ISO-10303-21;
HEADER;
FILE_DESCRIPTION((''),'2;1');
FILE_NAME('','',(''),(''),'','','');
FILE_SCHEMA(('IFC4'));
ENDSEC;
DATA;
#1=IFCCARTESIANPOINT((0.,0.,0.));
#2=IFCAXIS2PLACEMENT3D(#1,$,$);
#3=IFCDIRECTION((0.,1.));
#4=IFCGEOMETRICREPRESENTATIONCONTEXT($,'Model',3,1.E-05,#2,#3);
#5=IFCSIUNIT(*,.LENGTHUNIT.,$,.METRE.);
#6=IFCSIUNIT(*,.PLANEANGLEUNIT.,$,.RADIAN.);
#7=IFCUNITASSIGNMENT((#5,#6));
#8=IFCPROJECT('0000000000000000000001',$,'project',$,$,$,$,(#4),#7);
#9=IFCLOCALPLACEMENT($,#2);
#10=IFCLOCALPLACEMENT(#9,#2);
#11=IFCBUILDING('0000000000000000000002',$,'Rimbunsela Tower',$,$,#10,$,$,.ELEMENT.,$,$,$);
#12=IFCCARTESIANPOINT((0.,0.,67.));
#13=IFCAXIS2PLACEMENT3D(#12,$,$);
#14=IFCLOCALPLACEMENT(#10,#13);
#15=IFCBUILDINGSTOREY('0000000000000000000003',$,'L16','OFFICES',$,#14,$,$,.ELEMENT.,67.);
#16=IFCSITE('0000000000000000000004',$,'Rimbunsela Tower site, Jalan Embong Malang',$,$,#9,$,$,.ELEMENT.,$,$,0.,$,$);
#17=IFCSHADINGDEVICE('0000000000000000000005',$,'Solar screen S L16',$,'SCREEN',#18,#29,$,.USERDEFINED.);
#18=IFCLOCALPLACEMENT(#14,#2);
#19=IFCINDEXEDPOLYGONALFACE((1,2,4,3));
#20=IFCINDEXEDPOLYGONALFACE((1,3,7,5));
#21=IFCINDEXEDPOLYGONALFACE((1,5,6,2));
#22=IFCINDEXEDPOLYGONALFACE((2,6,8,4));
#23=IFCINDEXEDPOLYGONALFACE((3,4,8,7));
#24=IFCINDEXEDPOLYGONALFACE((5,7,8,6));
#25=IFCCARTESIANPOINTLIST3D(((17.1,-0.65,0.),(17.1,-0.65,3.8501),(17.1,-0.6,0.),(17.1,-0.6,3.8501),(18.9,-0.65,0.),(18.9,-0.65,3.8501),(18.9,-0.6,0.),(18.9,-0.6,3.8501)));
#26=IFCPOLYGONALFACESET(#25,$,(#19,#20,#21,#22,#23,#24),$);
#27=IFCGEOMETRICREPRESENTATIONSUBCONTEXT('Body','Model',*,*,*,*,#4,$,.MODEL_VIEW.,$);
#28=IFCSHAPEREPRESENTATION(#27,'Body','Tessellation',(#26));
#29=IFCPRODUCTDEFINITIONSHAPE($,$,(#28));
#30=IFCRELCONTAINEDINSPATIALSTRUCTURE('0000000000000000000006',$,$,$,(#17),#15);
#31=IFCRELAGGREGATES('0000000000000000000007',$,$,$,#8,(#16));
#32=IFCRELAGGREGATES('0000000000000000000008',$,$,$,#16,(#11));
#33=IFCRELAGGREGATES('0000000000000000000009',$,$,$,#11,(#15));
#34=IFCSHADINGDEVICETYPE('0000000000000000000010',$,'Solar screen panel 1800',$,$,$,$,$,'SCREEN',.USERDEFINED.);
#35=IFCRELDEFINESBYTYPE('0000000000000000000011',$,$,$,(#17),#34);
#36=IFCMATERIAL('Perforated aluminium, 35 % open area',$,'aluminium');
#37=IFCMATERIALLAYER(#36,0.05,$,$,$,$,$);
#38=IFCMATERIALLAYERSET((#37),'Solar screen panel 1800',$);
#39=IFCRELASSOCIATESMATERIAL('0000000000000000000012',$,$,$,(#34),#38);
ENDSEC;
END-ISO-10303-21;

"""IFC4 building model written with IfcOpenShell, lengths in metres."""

from ifc_helpers import new_model, si_unit, direction, frame, origin, origin_2d, place, context, subcontext, project, spatial, rectangle, extrude, material, layer, layer_set, type_object, element, save


model = new_model("IFC4")

# Units and contexts
model_context = context("Model", 3, precision=1e-05, world=origin(), true_north=direction((0.0, 1.0)))
body_context = subcontext(model_context, "Body", "Model", "MODEL_VIEW")
ifc_project = project(units=[si_unit("LENGTHUNIT", "METRE"), si_unit("PLANEANGLEUNIT", "RADIAN")], contexts=[model_context])

# Site, building, storey
site_placement = place(None, origin())
site = spatial("IfcSite", under=ifc_project, at=site_placement, Name="Rimbunsela Tower site, Jalan Embong Malang", CompositionType="ELEMENT", RefElevation=0.0)
building_placement = place(site_placement, origin())
building = spatial("IfcBuilding", under=site, at=building_placement, Name="Rimbunsela Tower", CompositionType="ELEMENT")
storey_placement = place(building_placement, frame((0.0, 0.0, 67.0)))
storey = spatial("IfcBuildingStorey", under=building, at=storey_placement, Name="L16", Description="OFFICES", CompositionType="ELEMENT", Elevation=67.0)

# Shading device
ifc_material_1 = material(Name="Perforated aluminium, 35 % open area", Category="aluminium")
ifc_layer_1 = layer(ifc_material_1, 0.05)
ifc_layer_set_1 = layer_set([ifc_layer_1], Name="Solar screen panel 1800")
shading_device_type = type_object("IfcShadingDeviceType", Name="Solar screen panel 1800", ElementType="SCREEN", PredefinedType="USERDEFINED", material=ifc_layer_set_1)
for number, where, z_axis, x_axis, name in (
    (1, (18.0, -0.625, 0.0), (0.0, 0.0, 1.0), (1.0, 0.0, 0.0), "Solar screen S L16"),
):
    element("IfcShadingDevice", number, at=place(storey_placement, frame(where, z_axis=z_axis, x_axis=x_axis)), inside=storey, type_object=shading_device_type, Name=name, ObjectType="SCREEN", PredefinedType="USERDEFINED", context=body_context, shape_type="SweptSolid", body=[
        extrude(rectangle(XDim=1.8, YDim=0.05, at=origin_2d()), origin(), (0.0, 0.0, 1.0), 3.8501),
    ])

save(model, "model.ifc")
